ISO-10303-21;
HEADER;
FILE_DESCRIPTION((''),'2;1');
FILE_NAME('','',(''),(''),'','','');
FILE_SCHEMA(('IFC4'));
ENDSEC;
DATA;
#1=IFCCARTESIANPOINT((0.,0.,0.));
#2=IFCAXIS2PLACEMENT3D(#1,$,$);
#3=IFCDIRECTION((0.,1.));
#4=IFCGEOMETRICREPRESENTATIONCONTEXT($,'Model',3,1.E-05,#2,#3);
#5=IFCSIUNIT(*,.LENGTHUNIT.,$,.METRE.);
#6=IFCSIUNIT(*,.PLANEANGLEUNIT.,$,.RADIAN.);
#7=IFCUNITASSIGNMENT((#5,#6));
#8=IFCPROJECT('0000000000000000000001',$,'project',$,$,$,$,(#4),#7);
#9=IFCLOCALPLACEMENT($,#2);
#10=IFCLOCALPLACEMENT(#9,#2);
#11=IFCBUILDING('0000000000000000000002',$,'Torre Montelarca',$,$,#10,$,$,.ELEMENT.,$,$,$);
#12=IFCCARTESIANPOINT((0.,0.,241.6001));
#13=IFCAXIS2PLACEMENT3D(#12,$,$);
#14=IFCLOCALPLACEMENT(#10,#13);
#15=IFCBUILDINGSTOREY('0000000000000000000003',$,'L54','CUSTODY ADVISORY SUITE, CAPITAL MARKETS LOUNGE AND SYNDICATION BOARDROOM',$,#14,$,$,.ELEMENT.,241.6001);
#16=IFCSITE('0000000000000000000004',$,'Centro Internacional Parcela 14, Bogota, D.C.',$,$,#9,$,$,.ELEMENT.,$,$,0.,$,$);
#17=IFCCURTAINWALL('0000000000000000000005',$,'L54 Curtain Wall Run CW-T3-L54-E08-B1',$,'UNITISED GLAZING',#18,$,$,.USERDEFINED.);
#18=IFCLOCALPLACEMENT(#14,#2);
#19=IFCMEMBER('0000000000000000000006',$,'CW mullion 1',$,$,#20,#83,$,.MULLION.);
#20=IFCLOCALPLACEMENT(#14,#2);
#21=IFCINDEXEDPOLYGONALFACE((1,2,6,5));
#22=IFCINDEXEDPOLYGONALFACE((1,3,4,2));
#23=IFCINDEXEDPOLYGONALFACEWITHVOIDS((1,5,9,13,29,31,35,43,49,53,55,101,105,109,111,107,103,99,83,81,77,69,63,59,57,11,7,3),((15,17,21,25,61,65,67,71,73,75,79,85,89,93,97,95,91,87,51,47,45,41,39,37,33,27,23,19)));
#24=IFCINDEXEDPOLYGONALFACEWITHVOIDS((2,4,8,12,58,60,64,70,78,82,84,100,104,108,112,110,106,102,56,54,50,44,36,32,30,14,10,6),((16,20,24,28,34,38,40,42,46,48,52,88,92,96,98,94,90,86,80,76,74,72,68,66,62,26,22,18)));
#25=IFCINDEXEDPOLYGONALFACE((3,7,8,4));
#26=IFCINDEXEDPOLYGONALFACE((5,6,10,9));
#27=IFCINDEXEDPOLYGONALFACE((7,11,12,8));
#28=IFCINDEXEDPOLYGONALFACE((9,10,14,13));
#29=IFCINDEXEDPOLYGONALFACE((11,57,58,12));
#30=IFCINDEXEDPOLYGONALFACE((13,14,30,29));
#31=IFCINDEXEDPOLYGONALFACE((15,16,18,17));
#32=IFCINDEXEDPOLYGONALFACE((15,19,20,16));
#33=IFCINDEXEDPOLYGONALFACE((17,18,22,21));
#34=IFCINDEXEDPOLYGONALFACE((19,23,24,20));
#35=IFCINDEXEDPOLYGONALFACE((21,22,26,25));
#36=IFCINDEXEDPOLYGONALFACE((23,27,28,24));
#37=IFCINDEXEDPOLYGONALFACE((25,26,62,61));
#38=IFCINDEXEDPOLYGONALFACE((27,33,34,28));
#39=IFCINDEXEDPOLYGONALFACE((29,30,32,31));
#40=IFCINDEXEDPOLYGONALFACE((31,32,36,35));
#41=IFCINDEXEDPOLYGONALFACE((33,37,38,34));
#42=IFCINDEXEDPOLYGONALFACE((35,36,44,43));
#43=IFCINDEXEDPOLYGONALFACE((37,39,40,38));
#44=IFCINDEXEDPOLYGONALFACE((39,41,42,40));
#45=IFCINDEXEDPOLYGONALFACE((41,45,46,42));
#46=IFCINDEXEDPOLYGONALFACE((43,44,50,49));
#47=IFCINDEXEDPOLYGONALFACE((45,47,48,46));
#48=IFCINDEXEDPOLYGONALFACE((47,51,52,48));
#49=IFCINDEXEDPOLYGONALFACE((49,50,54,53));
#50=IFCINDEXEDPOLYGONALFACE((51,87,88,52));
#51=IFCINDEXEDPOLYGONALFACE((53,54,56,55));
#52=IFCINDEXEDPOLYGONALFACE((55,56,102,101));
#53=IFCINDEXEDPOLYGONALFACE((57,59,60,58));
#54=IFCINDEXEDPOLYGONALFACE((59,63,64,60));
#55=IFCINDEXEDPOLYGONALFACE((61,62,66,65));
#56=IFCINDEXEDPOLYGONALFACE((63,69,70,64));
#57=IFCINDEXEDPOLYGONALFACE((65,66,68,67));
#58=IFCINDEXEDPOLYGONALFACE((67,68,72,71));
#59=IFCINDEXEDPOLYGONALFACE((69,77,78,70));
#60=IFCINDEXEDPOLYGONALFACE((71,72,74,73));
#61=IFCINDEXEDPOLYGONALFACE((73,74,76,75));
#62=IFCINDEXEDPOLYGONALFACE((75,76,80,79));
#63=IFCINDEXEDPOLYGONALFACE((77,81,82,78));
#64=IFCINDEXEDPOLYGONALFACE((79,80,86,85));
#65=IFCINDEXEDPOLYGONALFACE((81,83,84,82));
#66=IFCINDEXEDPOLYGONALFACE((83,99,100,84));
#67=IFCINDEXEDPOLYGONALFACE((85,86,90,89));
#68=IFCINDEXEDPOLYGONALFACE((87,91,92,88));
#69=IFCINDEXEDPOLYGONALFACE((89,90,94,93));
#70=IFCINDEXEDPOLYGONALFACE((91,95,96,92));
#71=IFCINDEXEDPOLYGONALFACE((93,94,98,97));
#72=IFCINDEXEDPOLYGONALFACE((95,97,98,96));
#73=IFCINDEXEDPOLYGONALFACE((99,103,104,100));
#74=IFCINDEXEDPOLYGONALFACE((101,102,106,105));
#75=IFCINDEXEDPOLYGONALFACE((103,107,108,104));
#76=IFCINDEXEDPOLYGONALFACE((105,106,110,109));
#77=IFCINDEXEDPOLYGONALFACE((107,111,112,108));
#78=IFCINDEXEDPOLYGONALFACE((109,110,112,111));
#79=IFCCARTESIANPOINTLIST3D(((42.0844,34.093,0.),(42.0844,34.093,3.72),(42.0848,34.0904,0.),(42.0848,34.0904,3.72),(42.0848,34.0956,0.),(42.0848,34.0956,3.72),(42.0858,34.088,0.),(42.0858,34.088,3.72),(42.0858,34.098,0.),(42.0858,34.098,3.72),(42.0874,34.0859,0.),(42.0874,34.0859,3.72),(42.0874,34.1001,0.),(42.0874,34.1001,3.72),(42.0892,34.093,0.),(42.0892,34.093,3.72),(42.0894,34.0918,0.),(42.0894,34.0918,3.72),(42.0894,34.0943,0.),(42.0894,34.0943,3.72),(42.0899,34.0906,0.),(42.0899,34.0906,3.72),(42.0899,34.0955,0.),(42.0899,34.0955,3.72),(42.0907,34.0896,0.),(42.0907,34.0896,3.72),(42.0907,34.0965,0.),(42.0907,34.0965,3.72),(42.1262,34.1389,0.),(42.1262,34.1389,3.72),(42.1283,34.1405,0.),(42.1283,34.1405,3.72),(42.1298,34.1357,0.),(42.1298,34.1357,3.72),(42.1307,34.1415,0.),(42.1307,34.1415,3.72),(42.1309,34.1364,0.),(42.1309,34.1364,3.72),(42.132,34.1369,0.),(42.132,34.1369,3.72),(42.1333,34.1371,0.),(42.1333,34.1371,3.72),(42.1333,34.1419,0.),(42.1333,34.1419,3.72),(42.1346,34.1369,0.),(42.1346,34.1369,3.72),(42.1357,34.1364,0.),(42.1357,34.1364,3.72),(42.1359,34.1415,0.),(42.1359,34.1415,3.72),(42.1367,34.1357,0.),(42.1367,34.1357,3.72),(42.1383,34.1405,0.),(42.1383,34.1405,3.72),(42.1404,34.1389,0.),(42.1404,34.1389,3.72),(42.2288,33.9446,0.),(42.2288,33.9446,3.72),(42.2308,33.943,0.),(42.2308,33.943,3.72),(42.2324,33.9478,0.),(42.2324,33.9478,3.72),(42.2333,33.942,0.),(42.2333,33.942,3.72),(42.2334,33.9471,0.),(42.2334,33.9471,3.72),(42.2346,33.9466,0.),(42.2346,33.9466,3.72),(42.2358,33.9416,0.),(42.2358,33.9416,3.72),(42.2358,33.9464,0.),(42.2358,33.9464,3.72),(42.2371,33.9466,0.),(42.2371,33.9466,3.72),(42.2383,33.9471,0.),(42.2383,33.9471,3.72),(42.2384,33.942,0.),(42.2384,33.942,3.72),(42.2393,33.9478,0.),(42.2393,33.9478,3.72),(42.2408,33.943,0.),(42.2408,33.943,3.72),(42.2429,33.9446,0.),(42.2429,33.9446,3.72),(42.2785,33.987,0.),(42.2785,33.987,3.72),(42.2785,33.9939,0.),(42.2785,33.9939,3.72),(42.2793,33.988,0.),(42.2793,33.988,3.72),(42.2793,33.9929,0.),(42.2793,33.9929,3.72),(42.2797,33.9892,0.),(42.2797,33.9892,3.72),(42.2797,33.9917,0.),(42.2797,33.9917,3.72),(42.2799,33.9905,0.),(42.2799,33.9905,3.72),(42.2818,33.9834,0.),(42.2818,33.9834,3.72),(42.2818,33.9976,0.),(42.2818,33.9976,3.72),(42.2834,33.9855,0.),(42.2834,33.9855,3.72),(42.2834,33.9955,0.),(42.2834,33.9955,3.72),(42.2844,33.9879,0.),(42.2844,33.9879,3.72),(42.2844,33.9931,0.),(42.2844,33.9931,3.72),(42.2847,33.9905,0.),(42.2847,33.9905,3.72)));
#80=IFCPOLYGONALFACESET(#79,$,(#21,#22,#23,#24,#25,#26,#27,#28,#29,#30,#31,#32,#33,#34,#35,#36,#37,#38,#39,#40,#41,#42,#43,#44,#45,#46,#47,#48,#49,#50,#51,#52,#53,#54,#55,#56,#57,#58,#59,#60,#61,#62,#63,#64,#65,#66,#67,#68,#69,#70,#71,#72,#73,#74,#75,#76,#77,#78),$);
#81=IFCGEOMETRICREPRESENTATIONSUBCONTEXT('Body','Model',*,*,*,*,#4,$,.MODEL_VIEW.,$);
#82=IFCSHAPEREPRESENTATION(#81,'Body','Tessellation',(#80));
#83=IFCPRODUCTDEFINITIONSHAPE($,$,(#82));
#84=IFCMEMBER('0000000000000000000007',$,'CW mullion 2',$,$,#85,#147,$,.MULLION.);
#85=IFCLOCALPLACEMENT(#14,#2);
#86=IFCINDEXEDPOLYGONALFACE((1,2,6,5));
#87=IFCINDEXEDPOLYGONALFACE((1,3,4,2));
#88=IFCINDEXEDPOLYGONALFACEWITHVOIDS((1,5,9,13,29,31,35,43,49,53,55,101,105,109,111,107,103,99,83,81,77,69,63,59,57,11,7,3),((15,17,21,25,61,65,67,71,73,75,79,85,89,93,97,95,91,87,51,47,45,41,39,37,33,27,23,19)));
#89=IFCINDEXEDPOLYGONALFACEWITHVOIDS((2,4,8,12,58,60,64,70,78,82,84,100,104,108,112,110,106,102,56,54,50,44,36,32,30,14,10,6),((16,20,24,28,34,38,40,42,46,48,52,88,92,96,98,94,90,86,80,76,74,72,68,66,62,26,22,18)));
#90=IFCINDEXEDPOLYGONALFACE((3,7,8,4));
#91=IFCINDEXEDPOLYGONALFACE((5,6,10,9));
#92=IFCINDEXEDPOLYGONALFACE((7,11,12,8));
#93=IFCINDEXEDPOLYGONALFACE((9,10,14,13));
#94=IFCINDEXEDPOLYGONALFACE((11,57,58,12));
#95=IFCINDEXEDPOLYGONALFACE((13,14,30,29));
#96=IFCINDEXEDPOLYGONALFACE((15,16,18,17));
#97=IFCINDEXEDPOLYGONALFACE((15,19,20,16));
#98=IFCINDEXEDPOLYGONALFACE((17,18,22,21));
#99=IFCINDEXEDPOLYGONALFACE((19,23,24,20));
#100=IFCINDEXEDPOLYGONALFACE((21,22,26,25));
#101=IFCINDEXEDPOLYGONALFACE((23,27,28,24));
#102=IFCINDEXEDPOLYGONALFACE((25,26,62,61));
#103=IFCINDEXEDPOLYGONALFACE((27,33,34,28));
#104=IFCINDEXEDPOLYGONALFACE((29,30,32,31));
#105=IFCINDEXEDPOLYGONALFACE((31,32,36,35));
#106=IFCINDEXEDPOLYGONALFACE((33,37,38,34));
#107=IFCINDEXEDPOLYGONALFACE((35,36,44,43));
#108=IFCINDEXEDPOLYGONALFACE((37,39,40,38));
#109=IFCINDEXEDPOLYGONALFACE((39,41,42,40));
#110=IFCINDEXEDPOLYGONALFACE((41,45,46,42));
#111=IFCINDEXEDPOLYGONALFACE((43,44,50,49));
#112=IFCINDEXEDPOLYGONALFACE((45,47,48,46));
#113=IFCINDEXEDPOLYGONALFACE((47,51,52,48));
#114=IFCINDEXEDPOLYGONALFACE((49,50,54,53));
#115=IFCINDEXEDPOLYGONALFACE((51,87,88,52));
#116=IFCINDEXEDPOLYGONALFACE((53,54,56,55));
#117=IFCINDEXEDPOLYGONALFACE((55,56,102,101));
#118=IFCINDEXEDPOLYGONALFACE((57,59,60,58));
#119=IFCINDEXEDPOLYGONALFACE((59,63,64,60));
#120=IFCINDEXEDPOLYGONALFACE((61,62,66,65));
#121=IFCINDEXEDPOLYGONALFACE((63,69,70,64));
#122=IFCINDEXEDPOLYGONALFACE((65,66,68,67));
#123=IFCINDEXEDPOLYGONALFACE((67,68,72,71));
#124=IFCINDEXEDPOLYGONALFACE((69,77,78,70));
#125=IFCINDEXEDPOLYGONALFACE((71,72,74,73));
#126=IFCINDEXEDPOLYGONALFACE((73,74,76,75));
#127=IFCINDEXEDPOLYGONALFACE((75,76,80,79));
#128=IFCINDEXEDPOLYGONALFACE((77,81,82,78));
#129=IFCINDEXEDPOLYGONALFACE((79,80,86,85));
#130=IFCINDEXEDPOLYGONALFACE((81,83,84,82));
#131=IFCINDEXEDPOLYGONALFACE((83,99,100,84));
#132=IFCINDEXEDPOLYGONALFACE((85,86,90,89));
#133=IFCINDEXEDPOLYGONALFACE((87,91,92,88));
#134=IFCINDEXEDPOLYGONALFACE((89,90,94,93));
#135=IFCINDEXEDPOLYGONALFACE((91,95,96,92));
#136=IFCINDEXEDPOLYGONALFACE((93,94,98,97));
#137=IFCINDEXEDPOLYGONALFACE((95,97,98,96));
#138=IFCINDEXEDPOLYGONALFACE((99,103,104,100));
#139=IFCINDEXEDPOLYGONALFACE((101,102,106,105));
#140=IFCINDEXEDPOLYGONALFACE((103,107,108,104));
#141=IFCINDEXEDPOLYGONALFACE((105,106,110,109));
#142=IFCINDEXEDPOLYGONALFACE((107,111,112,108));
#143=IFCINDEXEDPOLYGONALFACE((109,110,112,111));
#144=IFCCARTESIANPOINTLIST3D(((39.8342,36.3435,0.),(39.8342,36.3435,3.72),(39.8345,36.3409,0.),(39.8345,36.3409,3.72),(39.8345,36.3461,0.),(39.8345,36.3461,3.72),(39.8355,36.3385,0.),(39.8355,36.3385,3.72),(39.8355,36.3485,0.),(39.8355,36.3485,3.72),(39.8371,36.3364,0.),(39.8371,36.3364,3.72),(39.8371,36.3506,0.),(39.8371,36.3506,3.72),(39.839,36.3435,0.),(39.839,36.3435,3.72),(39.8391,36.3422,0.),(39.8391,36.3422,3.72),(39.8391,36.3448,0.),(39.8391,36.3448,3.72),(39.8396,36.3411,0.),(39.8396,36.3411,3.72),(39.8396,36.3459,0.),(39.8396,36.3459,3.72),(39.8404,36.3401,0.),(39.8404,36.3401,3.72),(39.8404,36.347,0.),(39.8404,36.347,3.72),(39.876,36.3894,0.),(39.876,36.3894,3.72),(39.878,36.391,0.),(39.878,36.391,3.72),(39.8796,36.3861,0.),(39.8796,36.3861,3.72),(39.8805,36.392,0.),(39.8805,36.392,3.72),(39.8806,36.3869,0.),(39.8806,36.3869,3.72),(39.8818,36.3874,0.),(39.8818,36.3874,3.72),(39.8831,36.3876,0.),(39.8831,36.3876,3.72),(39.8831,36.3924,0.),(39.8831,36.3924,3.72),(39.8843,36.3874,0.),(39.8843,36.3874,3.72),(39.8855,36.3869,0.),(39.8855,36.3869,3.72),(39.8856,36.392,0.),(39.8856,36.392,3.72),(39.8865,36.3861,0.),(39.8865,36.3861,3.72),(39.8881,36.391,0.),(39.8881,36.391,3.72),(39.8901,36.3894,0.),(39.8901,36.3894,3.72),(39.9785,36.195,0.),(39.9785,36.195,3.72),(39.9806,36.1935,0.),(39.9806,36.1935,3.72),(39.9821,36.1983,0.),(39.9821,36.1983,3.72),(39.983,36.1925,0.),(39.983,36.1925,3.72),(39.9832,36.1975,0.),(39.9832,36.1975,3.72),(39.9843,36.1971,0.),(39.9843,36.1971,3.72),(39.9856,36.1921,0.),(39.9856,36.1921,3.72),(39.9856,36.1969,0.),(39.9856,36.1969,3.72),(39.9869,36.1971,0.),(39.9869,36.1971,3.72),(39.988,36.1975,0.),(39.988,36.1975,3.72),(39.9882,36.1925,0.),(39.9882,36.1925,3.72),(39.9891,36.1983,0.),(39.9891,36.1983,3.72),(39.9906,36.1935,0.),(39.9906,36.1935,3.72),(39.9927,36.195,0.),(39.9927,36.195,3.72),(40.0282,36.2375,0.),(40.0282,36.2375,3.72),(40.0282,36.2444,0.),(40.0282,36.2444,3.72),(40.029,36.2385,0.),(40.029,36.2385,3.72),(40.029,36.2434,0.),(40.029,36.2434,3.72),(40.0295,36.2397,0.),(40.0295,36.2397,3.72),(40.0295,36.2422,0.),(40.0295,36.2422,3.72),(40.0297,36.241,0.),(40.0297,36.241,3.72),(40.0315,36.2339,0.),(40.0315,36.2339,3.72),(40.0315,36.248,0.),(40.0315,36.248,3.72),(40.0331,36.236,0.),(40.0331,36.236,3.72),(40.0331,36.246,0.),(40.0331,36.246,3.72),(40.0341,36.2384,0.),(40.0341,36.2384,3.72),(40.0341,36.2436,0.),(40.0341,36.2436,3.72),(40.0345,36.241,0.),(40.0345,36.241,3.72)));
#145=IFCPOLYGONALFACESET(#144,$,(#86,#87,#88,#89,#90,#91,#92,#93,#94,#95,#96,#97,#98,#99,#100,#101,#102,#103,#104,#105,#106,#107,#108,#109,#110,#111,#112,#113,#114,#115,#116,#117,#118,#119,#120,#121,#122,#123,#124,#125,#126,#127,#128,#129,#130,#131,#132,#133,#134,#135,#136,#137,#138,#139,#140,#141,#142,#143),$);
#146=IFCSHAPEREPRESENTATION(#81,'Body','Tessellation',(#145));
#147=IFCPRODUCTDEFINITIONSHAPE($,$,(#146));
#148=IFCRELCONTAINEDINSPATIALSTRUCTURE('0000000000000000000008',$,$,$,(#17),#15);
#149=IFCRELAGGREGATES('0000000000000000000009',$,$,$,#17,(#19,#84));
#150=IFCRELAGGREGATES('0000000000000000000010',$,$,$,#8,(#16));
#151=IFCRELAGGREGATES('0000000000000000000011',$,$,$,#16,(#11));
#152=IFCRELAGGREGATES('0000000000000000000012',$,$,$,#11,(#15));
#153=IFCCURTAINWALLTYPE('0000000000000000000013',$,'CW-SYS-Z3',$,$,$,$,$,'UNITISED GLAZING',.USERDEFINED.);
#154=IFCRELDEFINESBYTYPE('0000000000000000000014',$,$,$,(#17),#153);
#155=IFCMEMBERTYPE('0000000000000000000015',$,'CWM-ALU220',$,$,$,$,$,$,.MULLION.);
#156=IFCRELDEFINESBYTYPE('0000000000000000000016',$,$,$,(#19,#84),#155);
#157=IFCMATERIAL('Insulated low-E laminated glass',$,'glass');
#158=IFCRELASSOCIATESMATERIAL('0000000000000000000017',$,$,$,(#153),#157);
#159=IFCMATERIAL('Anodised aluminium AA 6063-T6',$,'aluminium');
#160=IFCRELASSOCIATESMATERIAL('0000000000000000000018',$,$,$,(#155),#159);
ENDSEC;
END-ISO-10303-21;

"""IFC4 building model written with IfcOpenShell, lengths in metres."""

from ifc_helpers import new_model, si_unit, direction, frame, origin, origin_2d, place, context, subcontext, project, spatial, hollow_rectangle, extrude, source, transform, mapped, material, material_profile, profile_set, type_object, element, aggregate, save


model = new_model("IFC4")

# Units and contexts
model_context = context("Model", 3, precision=1e-05, world=origin(), true_north=direction((0.0, 1.0)))
body_context = subcontext(model_context, "Body", "Model", "MODEL_VIEW")
ifc_project = project(units=[si_unit("LENGTHUNIT", "METRE"), si_unit("PLANEANGLEUNIT", "RADIAN")], contexts=[model_context])

# Site, building, storey
site_placement = place(None, origin())
site = spatial("IfcSite", under=ifc_project, at=site_placement, Name="Centro Internacional Parcela 14, Bogota, D.C.", CompositionType="ELEMENT", RefElevation=0.0)
building_placement = place(site_placement, origin())
building = spatial("IfcBuilding", under=site, at=building_placement, Name="Torre Montelarca", CompositionType="ELEMENT")
storey_placement = place(building_placement, frame((0.0, 0.0, 241.6001)))
storey = spatial("IfcBuildingStorey", under=building, at=storey_placement, Name="L54", Description="CUSTODY ADVISORY SUITE, CAPITAL MARKETS LOUNGE AND SYNDICATION BOARDROOM", CompositionType="ELEMENT", Elevation=241.6001)

# Shared definitions
ifc_material_1 = material(Name="Insulated low-E laminated glass", Category="glass")
curtain_wall_type = type_object("IfcCurtainWallType", Name="CW-SYS-Z3", ElementType="UNITISED GLAZING", PredefinedType="USERDEFINED", material=ifc_material_1)
ifc_material_2 = material(Name="Anodised aluminium AA 6063-T6", Category="aluminium")
ifc_material_profile_1 = material_profile(ifc_material_2, hollow_rectangle(XDim=0.075, YDim=0.22, WallThickness=0.0049, InnerFilletRadius=0.0049, OuterFilletRadius=0.01, at=origin_2d()), Name="ALU75X220X5", Category="aluminium")
ifc_profile_set_1 = profile_set([ifc_material_profile_1], Name="Anodised aluminium AA 6063-T6")
member_type_1 = type_object("IfcMemberType", Name="CWM-ALU220", PredefinedType="MULLION", material=ifc_profile_set_1)
shared_shape_1 = source(origin(), body_context, "Body", "SweptSolid", [
    extrude(hollow_rectangle(XDim=0.075, YDim=0.22, WallThickness=0.0049, InnerFilletRadius=0.0049, OuterFilletRadius=0.01, at=origin_2d()), origin(), (0.0, 0.0, 1.0), 3.72),
])

# Curtain wall, members
curtain_wall_1_placement = place(storey_placement, origin())
curtain_wall_1 = element("IfcCurtainWall", 1, at=curtain_wall_1_placement, inside=storey, type_object=curtain_wall_type, Name="L54 Curtain Wall Run CW-T3-L54-E08-B1", ObjectType="UNITISED GLAZING", PredefinedType="USERDEFINED")
member_1_placement = place(storey_placement, frame((42.1846, 34.0417, 0.0), z_axis=(0.0, 0.0, 1.0), x_axis=(-0.707099, -0.707115, 0.0)))
member_1 = element("IfcMember", 2, at=member_1_placement, type_object=member_type_1, Name="CW mullion 1", PredefinedType="MULLION", context=body_context, shape_type="MappedRepresentation", body=[
    mapped(shared_shape_1, transform((0.0, 0.0, 0.0), scale=1.0)),
])
member_2_placement = place(storey_placement, frame((39.9343, 36.2922, 0.0), z_axis=(0.0, 0.0, 1.0), x_axis=(-0.707099, -0.707115, 0.0)))
member_2 = element("IfcMember", 3, at=member_2_placement, type_object=member_type_1, Name="CW mullion 2", PredefinedType="MULLION", context=body_context, shape_type="MappedRepresentation", body=[
    mapped(shared_shape_1, transform((0.0, 0.0, 0.0), scale=1.0)),
])

aggregate(curtain_wall_1, [member_1, member_2])

save(model, "model.ifc")
